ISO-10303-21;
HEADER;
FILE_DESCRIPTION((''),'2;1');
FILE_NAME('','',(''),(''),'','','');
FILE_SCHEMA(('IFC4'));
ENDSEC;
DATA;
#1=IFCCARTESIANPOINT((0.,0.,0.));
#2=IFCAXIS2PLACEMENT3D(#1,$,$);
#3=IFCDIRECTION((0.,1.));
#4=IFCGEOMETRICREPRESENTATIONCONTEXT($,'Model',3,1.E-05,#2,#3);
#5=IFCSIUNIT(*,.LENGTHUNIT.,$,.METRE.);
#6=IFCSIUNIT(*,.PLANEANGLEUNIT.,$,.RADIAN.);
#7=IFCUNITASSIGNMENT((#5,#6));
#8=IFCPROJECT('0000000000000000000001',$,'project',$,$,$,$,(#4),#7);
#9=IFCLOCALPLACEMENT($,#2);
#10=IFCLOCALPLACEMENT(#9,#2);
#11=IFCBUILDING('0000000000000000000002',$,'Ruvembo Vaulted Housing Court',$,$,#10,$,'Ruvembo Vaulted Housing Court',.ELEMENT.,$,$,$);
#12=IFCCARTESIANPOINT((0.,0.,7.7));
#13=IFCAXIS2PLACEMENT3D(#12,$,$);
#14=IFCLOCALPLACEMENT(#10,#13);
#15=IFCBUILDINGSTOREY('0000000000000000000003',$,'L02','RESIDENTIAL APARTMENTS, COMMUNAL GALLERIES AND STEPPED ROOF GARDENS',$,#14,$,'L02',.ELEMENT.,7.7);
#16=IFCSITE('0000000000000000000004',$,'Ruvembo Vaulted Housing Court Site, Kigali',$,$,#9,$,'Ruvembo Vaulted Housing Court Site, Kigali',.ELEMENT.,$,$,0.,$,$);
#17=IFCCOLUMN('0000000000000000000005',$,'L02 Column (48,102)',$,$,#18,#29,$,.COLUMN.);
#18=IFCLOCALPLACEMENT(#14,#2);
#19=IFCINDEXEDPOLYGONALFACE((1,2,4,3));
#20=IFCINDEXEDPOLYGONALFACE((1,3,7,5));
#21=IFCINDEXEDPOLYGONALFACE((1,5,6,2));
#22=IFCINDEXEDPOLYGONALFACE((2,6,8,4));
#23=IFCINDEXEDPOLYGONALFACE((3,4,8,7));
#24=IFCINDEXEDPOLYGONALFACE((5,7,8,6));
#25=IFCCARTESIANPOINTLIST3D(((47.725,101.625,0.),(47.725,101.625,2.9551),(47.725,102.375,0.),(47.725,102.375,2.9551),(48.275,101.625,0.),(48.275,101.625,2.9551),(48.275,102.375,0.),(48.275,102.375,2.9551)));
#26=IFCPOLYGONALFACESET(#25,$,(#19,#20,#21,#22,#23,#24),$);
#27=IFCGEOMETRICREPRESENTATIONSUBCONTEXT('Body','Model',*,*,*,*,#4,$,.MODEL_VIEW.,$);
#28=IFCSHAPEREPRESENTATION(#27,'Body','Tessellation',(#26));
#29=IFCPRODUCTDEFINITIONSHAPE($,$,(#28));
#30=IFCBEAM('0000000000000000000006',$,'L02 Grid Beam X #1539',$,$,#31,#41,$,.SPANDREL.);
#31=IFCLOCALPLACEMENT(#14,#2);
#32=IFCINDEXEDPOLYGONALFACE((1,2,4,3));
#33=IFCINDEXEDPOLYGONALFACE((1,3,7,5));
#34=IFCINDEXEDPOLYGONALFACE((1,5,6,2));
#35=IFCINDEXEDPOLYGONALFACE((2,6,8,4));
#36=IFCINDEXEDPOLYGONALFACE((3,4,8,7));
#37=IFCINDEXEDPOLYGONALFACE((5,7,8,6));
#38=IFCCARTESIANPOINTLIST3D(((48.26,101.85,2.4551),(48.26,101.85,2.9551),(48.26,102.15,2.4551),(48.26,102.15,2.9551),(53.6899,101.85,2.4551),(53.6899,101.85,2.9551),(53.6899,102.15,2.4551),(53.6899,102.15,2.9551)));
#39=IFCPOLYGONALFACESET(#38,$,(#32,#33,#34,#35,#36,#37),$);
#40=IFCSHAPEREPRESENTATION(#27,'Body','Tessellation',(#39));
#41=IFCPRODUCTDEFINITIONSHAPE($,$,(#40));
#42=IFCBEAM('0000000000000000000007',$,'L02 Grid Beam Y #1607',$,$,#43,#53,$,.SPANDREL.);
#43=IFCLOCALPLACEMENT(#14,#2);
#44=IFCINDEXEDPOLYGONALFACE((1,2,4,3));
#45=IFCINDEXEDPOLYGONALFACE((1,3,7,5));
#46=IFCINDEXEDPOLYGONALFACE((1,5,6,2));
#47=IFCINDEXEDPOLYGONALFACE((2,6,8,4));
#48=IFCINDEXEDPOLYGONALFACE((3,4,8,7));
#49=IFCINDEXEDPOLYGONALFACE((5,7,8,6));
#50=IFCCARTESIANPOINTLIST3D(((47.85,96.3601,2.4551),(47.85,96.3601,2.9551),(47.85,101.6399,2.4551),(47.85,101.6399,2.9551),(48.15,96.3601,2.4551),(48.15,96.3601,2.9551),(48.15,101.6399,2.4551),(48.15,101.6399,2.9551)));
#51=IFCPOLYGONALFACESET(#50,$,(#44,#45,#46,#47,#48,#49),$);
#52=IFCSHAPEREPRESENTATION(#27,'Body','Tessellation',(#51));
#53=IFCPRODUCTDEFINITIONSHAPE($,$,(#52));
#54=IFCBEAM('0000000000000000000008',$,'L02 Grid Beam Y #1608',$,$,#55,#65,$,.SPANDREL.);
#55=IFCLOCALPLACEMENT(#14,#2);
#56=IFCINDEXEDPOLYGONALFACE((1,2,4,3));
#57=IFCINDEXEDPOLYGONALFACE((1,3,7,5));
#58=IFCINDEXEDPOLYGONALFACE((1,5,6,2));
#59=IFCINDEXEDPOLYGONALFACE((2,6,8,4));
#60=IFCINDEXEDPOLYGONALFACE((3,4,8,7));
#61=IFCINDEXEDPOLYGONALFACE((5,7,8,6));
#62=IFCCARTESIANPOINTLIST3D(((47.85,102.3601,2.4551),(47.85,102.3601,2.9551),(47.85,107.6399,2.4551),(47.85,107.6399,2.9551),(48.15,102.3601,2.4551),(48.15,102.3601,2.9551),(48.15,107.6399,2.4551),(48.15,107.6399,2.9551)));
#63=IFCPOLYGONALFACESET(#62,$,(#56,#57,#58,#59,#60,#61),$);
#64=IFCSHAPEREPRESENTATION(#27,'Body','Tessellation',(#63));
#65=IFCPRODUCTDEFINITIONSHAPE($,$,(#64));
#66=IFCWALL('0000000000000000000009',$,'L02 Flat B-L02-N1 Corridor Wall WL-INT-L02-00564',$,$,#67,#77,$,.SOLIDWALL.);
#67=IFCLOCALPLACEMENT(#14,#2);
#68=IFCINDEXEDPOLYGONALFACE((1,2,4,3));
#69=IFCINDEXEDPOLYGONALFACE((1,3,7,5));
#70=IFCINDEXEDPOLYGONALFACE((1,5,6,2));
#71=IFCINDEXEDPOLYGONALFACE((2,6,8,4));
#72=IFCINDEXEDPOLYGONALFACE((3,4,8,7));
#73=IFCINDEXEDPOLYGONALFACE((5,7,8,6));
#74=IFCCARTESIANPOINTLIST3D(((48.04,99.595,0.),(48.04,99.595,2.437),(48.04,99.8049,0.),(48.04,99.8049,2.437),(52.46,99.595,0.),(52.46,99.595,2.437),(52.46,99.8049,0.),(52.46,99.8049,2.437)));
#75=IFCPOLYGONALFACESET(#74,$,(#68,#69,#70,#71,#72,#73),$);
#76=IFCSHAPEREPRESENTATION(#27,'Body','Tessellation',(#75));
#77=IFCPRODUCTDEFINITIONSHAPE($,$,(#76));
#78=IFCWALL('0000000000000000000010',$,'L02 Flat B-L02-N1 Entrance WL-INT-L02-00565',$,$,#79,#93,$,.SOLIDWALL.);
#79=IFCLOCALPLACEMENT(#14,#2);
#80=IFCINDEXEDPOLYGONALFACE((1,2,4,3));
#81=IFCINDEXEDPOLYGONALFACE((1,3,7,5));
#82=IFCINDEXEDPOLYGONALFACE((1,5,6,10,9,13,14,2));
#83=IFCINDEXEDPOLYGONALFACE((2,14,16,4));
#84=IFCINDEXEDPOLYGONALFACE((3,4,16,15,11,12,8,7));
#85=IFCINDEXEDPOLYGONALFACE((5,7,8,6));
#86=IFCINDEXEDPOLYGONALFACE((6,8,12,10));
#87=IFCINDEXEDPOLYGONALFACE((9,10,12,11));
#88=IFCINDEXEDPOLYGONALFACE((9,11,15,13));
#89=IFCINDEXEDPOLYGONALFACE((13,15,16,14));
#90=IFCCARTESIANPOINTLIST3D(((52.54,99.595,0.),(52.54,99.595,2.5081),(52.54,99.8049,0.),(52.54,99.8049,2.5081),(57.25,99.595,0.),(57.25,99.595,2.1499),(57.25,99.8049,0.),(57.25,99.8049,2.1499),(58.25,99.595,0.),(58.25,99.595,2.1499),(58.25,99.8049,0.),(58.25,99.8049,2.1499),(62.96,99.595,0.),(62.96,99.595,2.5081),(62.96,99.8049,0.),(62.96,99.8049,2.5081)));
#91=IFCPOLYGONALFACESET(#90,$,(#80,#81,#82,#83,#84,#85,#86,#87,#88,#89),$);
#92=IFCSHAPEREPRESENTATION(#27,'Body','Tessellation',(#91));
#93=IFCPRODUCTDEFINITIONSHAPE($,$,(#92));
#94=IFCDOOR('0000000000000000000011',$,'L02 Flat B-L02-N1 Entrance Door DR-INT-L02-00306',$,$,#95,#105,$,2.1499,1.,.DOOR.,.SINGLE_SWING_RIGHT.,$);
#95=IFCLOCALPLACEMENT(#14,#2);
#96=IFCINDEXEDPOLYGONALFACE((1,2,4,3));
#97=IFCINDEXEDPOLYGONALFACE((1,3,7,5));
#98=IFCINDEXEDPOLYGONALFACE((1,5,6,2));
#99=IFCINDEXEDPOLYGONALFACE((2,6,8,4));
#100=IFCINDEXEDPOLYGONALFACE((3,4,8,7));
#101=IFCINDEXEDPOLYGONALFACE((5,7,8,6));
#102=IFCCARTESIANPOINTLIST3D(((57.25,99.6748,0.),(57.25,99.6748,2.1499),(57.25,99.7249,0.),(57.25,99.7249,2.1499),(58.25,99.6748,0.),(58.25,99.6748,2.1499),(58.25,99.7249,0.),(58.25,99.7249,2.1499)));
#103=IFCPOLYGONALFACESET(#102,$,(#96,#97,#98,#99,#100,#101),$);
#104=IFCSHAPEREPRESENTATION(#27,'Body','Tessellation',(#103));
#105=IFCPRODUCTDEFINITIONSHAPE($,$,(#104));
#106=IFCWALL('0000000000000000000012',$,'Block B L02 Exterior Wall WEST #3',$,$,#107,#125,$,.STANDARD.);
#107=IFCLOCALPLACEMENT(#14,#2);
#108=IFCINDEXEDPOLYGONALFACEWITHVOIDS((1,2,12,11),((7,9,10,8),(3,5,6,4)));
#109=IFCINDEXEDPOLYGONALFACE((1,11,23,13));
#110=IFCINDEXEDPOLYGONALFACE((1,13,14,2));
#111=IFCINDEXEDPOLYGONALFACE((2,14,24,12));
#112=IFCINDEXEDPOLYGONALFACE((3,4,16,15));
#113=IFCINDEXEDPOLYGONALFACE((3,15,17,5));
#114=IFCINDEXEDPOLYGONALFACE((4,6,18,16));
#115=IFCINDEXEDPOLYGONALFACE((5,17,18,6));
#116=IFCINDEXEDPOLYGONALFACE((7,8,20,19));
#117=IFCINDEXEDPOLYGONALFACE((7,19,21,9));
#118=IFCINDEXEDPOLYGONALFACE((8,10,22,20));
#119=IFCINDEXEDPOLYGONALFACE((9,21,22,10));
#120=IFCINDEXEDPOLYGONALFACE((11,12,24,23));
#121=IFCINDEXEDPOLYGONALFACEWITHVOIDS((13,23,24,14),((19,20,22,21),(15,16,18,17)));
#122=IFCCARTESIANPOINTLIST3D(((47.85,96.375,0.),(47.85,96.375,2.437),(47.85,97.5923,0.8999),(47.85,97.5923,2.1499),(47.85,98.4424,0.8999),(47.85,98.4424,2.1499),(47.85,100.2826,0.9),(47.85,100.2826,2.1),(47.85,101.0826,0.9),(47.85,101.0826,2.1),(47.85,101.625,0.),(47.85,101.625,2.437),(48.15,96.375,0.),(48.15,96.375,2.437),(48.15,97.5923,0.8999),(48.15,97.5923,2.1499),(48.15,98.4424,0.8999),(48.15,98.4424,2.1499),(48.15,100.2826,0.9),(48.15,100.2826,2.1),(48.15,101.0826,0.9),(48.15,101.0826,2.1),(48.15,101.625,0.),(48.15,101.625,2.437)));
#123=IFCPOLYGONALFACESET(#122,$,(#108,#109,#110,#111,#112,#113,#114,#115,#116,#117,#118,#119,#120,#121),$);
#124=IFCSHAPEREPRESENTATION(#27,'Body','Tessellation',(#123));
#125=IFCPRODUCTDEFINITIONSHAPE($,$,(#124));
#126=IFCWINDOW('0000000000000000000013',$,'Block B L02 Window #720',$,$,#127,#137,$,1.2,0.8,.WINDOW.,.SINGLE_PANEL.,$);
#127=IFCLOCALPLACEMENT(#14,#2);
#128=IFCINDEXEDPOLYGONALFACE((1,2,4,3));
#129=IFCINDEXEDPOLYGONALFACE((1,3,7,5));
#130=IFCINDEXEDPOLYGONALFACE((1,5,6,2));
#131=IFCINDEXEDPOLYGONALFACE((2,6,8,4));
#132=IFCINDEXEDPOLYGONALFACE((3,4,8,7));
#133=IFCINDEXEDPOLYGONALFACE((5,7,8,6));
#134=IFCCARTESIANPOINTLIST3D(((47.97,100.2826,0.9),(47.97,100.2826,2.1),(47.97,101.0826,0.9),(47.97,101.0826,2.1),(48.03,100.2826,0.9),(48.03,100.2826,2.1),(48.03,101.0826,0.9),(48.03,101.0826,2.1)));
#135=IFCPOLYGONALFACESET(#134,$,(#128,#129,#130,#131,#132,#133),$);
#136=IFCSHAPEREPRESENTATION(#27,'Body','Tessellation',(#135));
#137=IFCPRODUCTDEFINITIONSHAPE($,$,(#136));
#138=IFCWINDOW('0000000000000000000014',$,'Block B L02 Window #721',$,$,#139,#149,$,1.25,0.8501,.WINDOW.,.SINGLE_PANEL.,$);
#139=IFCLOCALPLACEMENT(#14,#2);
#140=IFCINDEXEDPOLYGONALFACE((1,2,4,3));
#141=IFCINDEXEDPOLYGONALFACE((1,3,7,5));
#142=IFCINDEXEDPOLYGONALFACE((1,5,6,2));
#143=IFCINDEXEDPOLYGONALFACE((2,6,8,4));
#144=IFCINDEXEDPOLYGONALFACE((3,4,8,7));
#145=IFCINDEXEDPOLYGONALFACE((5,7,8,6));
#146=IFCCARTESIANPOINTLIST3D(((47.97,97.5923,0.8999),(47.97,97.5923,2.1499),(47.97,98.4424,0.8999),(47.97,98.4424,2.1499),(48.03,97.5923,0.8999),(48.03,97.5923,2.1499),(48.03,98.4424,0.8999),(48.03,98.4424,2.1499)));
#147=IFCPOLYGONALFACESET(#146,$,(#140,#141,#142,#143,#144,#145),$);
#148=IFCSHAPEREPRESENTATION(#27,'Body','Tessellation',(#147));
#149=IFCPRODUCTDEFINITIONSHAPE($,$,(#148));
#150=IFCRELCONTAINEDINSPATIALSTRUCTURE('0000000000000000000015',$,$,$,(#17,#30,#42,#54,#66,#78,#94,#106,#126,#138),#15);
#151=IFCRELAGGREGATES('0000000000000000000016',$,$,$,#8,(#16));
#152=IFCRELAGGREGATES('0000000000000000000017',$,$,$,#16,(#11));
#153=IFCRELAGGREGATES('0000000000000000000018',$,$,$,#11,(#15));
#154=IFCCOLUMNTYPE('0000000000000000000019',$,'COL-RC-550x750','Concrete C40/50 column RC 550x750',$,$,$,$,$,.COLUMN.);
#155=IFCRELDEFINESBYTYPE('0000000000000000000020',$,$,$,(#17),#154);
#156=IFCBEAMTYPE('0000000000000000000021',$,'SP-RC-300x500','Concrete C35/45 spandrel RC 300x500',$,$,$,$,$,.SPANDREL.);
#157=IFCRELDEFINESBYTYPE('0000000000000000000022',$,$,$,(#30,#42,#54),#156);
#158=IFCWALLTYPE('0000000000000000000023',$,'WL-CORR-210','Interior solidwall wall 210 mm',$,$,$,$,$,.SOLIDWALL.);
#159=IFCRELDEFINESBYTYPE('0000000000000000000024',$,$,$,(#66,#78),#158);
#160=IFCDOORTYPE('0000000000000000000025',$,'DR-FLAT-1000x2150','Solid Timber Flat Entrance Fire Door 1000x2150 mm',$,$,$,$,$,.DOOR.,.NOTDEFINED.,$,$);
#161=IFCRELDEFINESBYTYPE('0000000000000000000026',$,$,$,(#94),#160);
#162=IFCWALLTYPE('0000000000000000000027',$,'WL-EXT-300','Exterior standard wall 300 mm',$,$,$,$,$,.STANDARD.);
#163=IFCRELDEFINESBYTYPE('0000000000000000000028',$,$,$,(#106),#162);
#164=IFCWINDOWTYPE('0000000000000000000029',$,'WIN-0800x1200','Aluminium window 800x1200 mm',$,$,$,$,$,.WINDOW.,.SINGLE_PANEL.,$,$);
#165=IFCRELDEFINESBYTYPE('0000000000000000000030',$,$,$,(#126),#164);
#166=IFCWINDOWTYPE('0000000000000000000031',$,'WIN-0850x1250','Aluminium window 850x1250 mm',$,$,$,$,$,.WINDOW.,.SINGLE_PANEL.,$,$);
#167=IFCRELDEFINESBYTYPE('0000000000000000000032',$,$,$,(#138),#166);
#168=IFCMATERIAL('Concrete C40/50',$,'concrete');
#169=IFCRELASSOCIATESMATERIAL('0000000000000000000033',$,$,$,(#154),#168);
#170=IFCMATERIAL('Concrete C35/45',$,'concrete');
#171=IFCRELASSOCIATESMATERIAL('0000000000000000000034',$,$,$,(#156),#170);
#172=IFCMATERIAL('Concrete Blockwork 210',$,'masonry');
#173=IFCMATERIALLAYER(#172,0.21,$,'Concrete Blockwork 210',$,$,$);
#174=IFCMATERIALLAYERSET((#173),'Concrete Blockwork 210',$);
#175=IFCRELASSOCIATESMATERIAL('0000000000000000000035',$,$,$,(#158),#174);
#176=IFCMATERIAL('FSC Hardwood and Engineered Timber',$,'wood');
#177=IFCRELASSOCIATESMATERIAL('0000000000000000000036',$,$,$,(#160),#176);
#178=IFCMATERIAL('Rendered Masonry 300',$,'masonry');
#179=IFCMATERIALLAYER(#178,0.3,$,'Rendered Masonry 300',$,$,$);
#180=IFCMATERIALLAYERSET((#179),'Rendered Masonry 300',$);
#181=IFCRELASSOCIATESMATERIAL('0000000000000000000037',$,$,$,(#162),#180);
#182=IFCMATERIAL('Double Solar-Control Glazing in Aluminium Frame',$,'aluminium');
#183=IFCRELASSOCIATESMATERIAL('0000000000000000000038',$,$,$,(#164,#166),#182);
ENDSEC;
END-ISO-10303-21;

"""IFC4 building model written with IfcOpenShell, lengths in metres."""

from ifc_helpers import new_model, si_unit, direction, frame, frame_2d, origin, origin_2d, place, context, subcontext, project, spatial, rectangle, extrude, material, layer, layer_set, material_profile, profile_set, type_object, element, fill, save


model = new_model("IFC4")

# Units and contexts
model_context = context("Model", 3, precision=1e-05, world=origin(), true_north=direction((0.0, 1.0)))
body_context = subcontext(model_context, "Body", "Model", "MODEL_VIEW")
ifc_project = project(units=[si_unit("LENGTHUNIT", "METRE"), si_unit("PLANEANGLEUNIT", "RADIAN")], contexts=[model_context])

# Site, building, storey
site_placement = place(None, origin())
site = spatial("IfcSite", under=ifc_project, at=site_placement, Name="Ruvembo Vaulted Housing Court Site, Kigali", LongName="Ruvembo Vaulted Housing Court Site, Kigali", CompositionType="ELEMENT", RefElevation=0.0)
building_placement = place(site_placement, origin())
building = spatial("IfcBuilding", under=site, at=building_placement, Name="Ruvembo Vaulted Housing Court", LongName="Ruvembo Vaulted Housing Court", CompositionType="ELEMENT")
storey_placement = place(building_placement, frame((0.0, 0.0, 7.7)))
storey = spatial("IfcBuildingStorey", under=building, at=storey_placement, Name="L02", Description="RESIDENTIAL APARTMENTS, COMMUNAL GALLERIES AND STEPPED ROOF GARDENS", LongName="L02", CompositionType="ELEMENT", Elevation=7.7)

# Column
ifc_material_1 = material(Name="Concrete C40/50", Category="concrete")
ifc_material_profile_1 = material_profile(ifc_material_1, rectangle(XDim=0.55, YDim=0.75, at=origin_2d()), Name="RC 550x750")
ifc_profile_set_1 = profile_set([ifc_material_profile_1], Name="Concrete C40/50")
column_type = type_object("IfcColumnType", Name="COL-RC-550x750", Description="Concrete C40/50 column RC 550x750", PredefinedType="COLUMN", material=ifc_profile_set_1)
column_placement = place(storey_placement, frame((48.0, 102.0, 0.0), z_axis=(0.0, 0.0, 1.0), x_axis=(1.0, 0.0, 0.0)))
element("IfcColumn", 1, at=column_placement, inside=storey, type_object=column_type, Name="L02 Column (48,102)", PredefinedType="COLUMN", context=body_context, shape_type="SweptSolid", body=[
    extrude(rectangle(XDim=0.55, YDim=0.75, at=origin_2d()), origin(), (0.0, 0.0, 1.0), 2.9551),
])

# Beams
ifc_material_2 = material(Name="Concrete C35/45", Category="concrete")
ifc_material_profile_2 = material_profile(ifc_material_2, rectangle(XDim=0.3, YDim=0.5, at=origin_2d()), Name="RC 300x500")
ifc_profile_set_2 = profile_set([ifc_material_profile_2], Name="Concrete C35/45")
beam_type = type_object("IfcBeamType", Name="SP-RC-300x500", Description="Concrete C35/45 spandrel RC 300x500", PredefinedType="SPANDREL", material=ifc_profile_set_2)
beam_placement = place(storey_placement, frame((48.26, 102.0, 2.7051), z_axis=(1.0, 0.0, 0.0), x_axis=(0.0, 1.0, 0.0)))
element("IfcBeam", 2, at=beam_placement, inside=storey, type_object=beam_type, Name="L02 Grid Beam X #1539", PredefinedType="SPANDREL", context=body_context, shape_type="SweptSolid", body=[
    extrude(rectangle(XDim=0.3, YDim=0.5, at=origin_2d()), origin(), (0.0, 0.0, 1.0), 5.4299),
])
for number, where, z_axis, x_axis, name in (
    (3, (48.0, 96.3601, 2.7051), (0.0, 1.0, 0.0), (-1.0, 0.0, 0.0), "L02 Grid Beam Y #1607"),
    (4, (48.0, 102.3601, 2.7051), (0.0, 1.0, 0.0), (-1.0, 0.0, 0.0), "L02 Grid Beam Y #1608"),
):
    element("IfcBeam", number, at=place(storey_placement, frame(where, z_axis=z_axis, x_axis=x_axis)), inside=storey, type_object=beam_type, Name=name, PredefinedType="SPANDREL", context=body_context, shape_type="SweptSolid", body=[
        extrude(rectangle(XDim=0.3, YDim=0.5, at=origin_2d()), origin(), (0.0, 0.0, 1.0), 5.2798),
    ])

# Wall
ifc_material_3 = material(Name="Concrete Blockwork 210", Category="masonry")
ifc_layer_1 = layer(ifc_material_3, 0.21, Name="Concrete Blockwork 210")
ifc_layer_set_1 = layer_set([ifc_layer_1], Name="Concrete Blockwork 210")
wall_type_1 = type_object("IfcWallType", Name="WL-CORR-210", Description="Interior solidwall wall 210 mm", PredefinedType="SOLIDWALL", material=ifc_layer_set_1)
wall_1_placement = place(storey_placement, frame((48.04, 99.7, 0.0), z_axis=(0.0, 0.0, 1.0), x_axis=(1.0, 0.0, 0.0)))
element("IfcWall", 5, at=wall_1_placement, inside=storey, type_object=wall_type_1, Name="L02 Flat B-L02-N1 Corridor Wall WL-INT-L02-00564", PredefinedType="SOLIDWALL", context=body_context, shape_type="SweptSolid", body=[
    extrude(rectangle(XDim=4.4199, YDim=0.21, at=frame_2d((2.21, 0.0))), origin(), (0.0, 0.0, 1.0), 2.437),
])

# Wall, opening, door
wall_2_placement = place(storey_placement, frame((52.54, 99.7, 0.0), z_axis=(0.0, 0.0, 1.0), x_axis=(1.0, 0.0, 0.0)))
wall_2 = element("IfcWall", 6, at=wall_2_placement, inside=storey, type_object=wall_type_1, Name="L02 Flat B-L02-N1 Entrance WL-INT-L02-00565", PredefinedType="SOLIDWALL", context=body_context, shape_type="SweptSolid", body=[
    extrude(rectangle(XDim=10.4199, YDim=0.21, at=frame_2d((5.21, 0.0))), origin(), (0.0, 0.0, 1.0), 2.5081),
])
opening_1_placement = place(wall_2_placement, frame((4.71, 0.0, 0.0)))
opening_1 = element("IfcOpeningElement", 7, at=opening_1_placement, cuts=wall_2, PredefinedType="OPENING", context=body_context, shape_type="SweptSolid", body=[
    extrude(rectangle(XDim=1.0, YDim=2.1499, at=frame_2d((0.5, 1.075))), frame((0.0, 0.115, 0.0), z_axis=(0.0, -1.0, 0.0), x_axis=(1.0, 0.0, 0.0)), (0.0, 0.0, 1.0), 0.23),
])
ifc_material_4 = material(Name="FSC Hardwood and Engineered Timber", Category="wood")
door_type_1 = type_object("IfcDoorType", Name="DR-FLAT-1000x2150", Description="Solid Timber Flat Entrance Fire Door 1000x2150 mm", OperationType="NOTDEFINED", PredefinedType="DOOR", material=ifc_material_4)
door_1_placement = place(opening_1_placement, origin())
door_1 = element("IfcDoor", 8, at=door_1_placement, inside=storey, type_object=door_type_1, Name="L02 Flat B-L02-N1 Entrance Door DR-INT-L02-00306", OperationType="SINGLE_SWING_RIGHT", OverallHeight=2.1499, OverallWidth=1.0, PredefinedType="DOOR", context=body_context, shape_type="SweptSolid", body=[
    extrude(rectangle(XDim=1.0, YDim=2.1499, at=frame_2d((0.5, 1.075))), frame((0.0, 0.0249, 0.0), z_axis=(0.0, -1.0, 0.0), x_axis=(1.0, 0.0, 0.0)), (0.0, 0.0, 1.0), 0.05),
])
fill(opening_1, door_1)

# Wall, openings, windows
ifc_material_5 = material(Name="Rendered Masonry 300", Category="masonry")
ifc_layer_2 = layer(ifc_material_5, 0.3, Name="Rendered Masonry 300")
ifc_layer_set_2 = layer_set([ifc_layer_2], Name="Rendered Masonry 300")
wall_type_2 = type_object("IfcWallType", Name="WL-EXT-300", Description="Exterior standard wall 300 mm", PredefinedType="STANDARD", material=ifc_layer_set_2)
wall_3_placement = place(storey_placement, frame((48.0, 101.625, 0.0), z_axis=(0.0, 0.0, 1.0), x_axis=(0.0, -1.0, 0.0)))
wall_3 = element("IfcWall", 9, at=wall_3_placement, inside=storey, type_object=wall_type_2, Name="Block B L02 Exterior Wall WEST #3", PredefinedType="STANDARD", context=body_context, shape_type="SweptSolid", body=[
    extrude(rectangle(XDim=5.25, YDim=0.3, at=frame_2d((2.625, 0.0))), origin(), (0.0, 0.0, 1.0), 2.437),
])
opening_2_placement = place(wall_3_placement, frame((0.5425, 0.0, 0.8999)))
opening_2 = element("IfcOpeningElement", 10, at=opening_2_placement, cuts=wall_3, PredefinedType="OPENING", context=body_context, shape_type="SweptSolid", body=[
    extrude(rectangle(XDim=0.8, YDim=1.2, at=frame_2d((0.3999, 0.6001))), frame((0.0, 0.1599, 0.0), z_axis=(0.0, -1.0, 0.0), x_axis=(1.0, 0.0, 0.0)), (0.0, 0.0, 1.0), 0.3201),
])
opening_3_placement = place(wall_3_placement, frame((3.1826, 0.0, 0.8999)))
opening_3 = element("IfcOpeningElement", 11, at=opening_3_placement, cuts=wall_3, PredefinedType="OPENING", context=body_context, shape_type="SweptSolid", body=[
    extrude(rectangle(XDim=0.8501, YDim=1.25, at=frame_2d((0.425, 0.625))), frame((0.0, 0.1599, 0.0), z_axis=(0.0, -1.0, 0.0), x_axis=(1.0, 0.0, 0.0)), (0.0, 0.0, 1.0), 0.3201),
])
ifc_material_6 = material(Name="Double Solar-Control Glazing in Aluminium Frame", Category="aluminium")
window_type_1 = type_object("IfcWindowType", Name="WIN-0800x1200", Description="Aluminium window 800x1200 mm", PartitioningType="SINGLE_PANEL", PredefinedType="WINDOW", material=ifc_material_6)
window_1_placement = place(opening_2_placement, origin())
window_1 = element("IfcWindow", 12, at=window_1_placement, inside=storey, type_object=window_type_1, Name="Block B L02 Window #720", OverallHeight=1.2, OverallWidth=0.8, PartitioningType="SINGLE_PANEL", PredefinedType="WINDOW", context=body_context, shape_type="SweptSolid", body=[
    extrude(rectangle(XDim=0.8, YDim=1.2, at=frame_2d((0.3999, 0.6001))), frame((0.0, 0.03, 0.0), z_axis=(0.0, -1.0, 0.0), x_axis=(1.0, 0.0, 0.0)), (0.0, 0.0, 1.0), 0.0601),
])
fill(opening_2, window_1)
window_type_2 = type_object("IfcWindowType", Name="WIN-0850x1250", Description="Aluminium window 850x1250 mm", PartitioningType="SINGLE_PANEL", PredefinedType="WINDOW", material=ifc_material_6)
window_2_placement = place(opening_3_placement, origin())
window_2 = element("IfcWindow", 13, at=window_2_placement, inside=storey, type_object=window_type_2, Name="Block B L02 Window #721", OverallHeight=1.25, OverallWidth=0.8501, PartitioningType="SINGLE_PANEL", PredefinedType="WINDOW", context=body_context, shape_type="SweptSolid", body=[
    extrude(rectangle(XDim=0.8501, YDim=1.25, at=frame_2d((0.425, 0.625))), frame((0.0, 0.03, 0.0), z_axis=(0.0, -1.0, 0.0), x_axis=(1.0, 0.0, 0.0)), (0.0, 0.0, 1.0), 0.0601),
])
fill(opening_3, window_2)

save(model, "model.ifc")
